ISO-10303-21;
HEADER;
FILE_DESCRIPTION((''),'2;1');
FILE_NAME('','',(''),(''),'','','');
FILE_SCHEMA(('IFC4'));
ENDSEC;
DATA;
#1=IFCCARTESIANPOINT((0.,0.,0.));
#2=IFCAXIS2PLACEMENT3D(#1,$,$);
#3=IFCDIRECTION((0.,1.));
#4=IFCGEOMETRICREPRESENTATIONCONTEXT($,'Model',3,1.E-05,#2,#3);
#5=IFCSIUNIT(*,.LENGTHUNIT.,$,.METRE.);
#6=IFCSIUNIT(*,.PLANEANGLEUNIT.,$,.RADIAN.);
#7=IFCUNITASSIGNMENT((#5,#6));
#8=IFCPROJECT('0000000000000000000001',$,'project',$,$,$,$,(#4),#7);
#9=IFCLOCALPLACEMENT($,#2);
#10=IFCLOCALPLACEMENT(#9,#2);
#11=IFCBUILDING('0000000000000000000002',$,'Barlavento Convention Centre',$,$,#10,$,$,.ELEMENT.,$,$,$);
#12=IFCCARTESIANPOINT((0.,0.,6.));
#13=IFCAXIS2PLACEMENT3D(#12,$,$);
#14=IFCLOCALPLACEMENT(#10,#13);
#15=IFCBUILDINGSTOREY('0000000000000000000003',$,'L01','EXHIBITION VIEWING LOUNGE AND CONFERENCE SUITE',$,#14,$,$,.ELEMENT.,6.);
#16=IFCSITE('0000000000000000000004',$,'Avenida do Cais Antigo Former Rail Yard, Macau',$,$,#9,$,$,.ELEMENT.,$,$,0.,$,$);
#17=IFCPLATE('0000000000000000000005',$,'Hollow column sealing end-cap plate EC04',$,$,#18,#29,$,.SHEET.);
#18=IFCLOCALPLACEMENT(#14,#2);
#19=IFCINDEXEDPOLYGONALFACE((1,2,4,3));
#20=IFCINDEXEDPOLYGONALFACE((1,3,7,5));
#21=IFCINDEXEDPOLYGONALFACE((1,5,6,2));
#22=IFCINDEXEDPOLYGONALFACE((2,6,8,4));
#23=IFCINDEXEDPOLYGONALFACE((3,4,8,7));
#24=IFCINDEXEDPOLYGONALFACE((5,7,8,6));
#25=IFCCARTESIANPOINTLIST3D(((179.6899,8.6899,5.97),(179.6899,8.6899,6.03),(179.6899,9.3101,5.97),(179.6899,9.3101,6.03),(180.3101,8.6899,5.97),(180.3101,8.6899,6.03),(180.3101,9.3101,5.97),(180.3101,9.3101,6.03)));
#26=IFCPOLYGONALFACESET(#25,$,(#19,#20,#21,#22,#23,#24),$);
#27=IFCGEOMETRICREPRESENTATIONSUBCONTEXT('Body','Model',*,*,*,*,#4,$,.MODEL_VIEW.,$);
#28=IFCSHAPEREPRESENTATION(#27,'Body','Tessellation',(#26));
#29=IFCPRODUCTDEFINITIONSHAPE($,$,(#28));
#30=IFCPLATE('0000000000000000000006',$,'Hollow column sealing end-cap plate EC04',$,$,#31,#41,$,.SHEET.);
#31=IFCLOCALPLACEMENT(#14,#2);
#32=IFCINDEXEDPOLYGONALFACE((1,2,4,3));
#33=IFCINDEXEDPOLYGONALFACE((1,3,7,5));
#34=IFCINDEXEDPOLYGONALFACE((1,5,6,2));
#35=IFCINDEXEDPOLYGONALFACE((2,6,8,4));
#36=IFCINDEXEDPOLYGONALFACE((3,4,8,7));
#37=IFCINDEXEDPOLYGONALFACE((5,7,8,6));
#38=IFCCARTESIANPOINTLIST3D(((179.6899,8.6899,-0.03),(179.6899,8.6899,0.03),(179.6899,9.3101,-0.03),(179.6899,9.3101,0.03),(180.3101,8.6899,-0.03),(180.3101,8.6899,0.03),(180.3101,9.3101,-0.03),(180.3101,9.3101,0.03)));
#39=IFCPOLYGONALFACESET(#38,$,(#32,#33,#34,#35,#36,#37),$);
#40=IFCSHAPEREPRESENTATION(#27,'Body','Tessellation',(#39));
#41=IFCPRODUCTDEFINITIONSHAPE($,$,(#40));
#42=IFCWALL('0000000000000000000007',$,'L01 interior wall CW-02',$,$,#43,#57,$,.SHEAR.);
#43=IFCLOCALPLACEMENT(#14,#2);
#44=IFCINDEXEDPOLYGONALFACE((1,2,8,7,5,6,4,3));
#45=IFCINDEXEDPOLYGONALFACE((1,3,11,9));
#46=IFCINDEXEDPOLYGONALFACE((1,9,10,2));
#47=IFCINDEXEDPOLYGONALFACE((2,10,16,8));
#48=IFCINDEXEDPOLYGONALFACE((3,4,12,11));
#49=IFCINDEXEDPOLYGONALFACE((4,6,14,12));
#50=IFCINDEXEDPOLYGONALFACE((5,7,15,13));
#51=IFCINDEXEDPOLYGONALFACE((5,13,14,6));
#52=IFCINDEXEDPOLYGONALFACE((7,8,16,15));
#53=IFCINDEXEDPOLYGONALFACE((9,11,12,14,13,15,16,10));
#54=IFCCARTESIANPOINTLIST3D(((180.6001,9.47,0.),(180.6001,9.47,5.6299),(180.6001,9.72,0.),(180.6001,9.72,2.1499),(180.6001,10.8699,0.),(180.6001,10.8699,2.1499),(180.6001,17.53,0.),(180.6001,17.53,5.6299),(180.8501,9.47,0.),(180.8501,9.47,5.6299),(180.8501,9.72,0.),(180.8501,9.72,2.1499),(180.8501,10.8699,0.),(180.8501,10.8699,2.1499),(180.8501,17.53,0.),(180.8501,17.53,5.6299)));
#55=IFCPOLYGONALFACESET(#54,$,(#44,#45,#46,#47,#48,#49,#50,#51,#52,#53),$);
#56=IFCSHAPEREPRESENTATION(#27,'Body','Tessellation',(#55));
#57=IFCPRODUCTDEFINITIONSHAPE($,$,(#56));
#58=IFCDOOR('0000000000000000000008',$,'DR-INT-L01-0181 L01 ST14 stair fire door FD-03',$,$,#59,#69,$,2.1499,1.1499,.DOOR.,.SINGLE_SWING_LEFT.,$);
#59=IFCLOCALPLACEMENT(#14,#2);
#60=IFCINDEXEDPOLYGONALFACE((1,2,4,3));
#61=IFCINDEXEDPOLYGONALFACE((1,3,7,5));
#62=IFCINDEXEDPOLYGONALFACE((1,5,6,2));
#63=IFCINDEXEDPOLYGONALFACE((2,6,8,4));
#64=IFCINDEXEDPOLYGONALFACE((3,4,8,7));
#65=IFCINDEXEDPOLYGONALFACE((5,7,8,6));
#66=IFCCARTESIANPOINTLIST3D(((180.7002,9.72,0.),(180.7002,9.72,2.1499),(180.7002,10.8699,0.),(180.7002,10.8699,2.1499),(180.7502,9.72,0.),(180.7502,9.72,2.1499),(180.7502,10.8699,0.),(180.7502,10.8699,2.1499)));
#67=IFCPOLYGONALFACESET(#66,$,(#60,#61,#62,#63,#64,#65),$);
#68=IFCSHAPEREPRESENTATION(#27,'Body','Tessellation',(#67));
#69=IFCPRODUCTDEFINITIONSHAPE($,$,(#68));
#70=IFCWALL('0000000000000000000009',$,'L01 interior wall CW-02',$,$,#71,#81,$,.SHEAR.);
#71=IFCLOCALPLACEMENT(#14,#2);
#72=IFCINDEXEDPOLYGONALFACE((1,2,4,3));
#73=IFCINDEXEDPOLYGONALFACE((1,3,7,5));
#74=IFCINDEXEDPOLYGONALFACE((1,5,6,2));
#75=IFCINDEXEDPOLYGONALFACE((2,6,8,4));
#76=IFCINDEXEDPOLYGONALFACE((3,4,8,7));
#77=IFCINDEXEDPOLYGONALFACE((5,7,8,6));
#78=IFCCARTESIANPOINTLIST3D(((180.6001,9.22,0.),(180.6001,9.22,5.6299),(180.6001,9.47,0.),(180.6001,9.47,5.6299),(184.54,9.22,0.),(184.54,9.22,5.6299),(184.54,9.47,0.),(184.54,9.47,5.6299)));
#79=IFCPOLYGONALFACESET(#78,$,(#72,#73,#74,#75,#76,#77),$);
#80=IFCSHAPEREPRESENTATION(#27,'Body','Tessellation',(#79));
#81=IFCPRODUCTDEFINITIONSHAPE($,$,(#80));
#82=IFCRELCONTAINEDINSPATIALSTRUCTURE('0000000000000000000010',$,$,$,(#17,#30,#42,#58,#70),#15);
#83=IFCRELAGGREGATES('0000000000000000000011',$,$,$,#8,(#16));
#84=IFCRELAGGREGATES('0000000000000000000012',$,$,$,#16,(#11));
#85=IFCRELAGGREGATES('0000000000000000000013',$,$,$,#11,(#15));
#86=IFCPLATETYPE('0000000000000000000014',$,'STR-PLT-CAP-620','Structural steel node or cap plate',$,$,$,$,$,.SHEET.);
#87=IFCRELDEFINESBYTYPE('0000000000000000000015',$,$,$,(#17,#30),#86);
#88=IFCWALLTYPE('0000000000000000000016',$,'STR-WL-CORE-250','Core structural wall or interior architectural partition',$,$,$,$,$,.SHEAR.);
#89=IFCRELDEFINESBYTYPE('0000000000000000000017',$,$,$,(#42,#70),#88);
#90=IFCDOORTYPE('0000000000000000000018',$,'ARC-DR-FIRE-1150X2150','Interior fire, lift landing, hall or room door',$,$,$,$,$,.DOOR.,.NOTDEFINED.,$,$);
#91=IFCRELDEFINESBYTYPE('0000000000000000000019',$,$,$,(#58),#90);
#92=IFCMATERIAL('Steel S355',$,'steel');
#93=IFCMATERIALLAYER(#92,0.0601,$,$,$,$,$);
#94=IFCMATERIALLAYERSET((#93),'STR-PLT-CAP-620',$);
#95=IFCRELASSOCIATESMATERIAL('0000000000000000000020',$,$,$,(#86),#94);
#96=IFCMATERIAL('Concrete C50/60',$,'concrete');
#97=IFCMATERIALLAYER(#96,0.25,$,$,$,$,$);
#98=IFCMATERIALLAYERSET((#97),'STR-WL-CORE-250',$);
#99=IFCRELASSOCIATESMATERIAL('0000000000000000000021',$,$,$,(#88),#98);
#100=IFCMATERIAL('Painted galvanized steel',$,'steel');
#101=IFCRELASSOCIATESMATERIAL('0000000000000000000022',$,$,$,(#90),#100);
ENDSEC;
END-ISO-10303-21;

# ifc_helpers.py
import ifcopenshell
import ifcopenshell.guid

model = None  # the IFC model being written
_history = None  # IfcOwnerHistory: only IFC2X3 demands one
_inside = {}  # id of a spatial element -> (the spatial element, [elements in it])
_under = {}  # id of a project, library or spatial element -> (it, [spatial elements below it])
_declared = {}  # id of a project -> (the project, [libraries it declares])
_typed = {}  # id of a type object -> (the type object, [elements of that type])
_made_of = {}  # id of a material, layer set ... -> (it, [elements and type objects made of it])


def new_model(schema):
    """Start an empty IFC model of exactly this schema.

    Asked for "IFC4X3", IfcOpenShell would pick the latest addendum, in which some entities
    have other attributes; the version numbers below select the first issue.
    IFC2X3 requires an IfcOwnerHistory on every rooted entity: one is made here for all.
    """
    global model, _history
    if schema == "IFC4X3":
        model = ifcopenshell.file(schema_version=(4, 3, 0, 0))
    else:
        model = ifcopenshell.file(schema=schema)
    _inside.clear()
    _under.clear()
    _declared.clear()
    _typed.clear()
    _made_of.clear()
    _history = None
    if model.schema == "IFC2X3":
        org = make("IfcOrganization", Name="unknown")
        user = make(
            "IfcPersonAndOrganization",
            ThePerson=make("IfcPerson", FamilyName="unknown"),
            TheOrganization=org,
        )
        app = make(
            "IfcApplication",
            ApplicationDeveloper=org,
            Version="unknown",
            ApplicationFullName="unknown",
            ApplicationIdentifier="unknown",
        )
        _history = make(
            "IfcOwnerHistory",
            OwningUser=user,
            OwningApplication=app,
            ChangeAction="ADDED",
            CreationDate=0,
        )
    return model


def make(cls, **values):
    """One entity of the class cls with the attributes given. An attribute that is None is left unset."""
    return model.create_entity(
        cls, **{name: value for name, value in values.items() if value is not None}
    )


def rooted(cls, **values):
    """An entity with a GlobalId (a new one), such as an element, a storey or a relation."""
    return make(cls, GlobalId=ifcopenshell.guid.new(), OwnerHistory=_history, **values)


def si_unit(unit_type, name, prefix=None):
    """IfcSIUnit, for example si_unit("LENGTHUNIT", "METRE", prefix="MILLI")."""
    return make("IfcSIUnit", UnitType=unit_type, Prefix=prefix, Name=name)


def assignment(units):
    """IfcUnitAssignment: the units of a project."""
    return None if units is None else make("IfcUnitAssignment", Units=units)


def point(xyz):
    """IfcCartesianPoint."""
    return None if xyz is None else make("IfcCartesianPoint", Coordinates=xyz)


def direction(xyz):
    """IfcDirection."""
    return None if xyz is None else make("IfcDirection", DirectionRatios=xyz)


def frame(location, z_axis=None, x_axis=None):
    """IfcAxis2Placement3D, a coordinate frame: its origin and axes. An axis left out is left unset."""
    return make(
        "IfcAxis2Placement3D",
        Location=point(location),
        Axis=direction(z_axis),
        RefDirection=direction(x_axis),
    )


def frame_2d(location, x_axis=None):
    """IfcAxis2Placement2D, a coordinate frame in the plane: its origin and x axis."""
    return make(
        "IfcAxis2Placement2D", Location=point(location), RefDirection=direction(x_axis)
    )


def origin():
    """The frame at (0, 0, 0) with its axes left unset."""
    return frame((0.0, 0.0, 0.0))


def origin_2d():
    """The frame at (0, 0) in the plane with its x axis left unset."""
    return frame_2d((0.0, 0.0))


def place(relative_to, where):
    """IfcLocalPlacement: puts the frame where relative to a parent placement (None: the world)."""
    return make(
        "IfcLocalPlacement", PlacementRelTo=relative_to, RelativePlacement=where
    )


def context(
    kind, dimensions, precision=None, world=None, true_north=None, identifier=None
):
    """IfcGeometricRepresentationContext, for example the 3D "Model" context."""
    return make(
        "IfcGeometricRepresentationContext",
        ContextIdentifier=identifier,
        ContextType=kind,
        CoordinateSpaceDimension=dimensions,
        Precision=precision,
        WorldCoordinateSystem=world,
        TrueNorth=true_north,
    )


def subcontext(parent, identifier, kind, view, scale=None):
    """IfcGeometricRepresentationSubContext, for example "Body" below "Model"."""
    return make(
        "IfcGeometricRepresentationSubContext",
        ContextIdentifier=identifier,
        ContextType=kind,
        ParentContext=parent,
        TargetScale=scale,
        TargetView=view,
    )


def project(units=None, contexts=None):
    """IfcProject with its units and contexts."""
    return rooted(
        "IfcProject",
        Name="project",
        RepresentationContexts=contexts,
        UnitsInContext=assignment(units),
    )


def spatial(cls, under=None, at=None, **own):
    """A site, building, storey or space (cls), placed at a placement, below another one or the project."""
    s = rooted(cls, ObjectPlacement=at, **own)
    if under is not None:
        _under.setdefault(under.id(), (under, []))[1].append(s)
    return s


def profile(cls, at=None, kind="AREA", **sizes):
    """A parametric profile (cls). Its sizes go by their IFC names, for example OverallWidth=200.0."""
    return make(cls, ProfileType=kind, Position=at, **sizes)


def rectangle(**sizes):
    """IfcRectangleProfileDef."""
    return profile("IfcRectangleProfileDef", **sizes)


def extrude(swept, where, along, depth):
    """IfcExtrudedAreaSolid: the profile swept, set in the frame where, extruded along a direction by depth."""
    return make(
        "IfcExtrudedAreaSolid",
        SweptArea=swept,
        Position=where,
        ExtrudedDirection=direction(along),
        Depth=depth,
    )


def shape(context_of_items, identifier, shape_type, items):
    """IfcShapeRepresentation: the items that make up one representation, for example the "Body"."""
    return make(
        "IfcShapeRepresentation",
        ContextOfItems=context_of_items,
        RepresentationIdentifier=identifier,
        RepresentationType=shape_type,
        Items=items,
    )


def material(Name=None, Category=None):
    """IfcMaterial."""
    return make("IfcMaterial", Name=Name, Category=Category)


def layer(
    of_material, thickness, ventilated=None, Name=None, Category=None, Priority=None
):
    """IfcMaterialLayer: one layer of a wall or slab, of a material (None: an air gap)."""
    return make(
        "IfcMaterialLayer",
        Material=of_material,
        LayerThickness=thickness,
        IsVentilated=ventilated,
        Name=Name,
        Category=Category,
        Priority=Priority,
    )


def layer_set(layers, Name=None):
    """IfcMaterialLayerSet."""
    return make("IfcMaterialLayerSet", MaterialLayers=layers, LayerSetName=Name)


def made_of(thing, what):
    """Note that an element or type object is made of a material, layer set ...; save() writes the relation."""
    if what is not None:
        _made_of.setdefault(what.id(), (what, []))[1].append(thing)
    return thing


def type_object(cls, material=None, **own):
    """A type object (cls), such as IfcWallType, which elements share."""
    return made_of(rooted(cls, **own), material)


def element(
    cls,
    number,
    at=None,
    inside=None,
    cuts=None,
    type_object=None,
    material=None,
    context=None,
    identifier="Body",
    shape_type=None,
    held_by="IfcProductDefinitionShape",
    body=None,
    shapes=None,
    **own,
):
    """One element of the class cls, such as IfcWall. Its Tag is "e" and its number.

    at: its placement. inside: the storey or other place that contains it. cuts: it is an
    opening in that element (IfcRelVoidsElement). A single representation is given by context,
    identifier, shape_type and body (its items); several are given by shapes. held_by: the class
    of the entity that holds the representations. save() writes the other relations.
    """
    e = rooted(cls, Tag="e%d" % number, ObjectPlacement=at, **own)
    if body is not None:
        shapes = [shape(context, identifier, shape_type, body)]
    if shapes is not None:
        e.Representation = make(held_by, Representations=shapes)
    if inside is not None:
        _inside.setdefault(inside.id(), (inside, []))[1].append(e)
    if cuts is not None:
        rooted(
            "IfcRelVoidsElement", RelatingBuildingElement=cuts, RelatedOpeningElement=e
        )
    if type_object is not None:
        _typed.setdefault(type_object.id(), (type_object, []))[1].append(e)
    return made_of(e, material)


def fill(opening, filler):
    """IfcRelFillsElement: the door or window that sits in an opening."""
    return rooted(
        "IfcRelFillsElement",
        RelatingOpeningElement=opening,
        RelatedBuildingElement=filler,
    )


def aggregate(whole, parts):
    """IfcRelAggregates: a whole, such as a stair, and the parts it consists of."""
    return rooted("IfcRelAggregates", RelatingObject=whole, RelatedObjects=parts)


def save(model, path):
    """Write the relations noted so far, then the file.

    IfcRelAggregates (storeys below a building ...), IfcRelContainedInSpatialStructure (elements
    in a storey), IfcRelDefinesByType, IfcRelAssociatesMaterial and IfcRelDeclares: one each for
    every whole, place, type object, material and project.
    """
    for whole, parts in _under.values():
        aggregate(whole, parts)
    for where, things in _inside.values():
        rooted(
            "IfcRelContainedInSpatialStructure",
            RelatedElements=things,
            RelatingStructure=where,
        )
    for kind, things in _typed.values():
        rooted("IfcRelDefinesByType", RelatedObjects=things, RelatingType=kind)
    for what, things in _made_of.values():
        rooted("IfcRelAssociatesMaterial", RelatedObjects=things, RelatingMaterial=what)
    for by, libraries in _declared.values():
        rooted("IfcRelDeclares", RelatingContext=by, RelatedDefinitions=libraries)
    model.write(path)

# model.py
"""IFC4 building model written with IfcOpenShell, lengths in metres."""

from ifc_helpers import new_model, si_unit, direction, frame, frame_2d, origin, origin_2d, place, context, subcontext, project, spatial, rectangle, extrude, material, layer, layer_set, type_object, element, fill, save


model = new_model("IFC4")

# Units and contexts
model_context = context("Model", 3, precision=1e-05, world=origin(), true_north=direction((0.0, 1.0)))
body_context = subcontext(model_context, "Body", "Model", "MODEL_VIEW")
ifc_project = project(units=[si_unit("LENGTHUNIT", "METRE"), si_unit("PLANEANGLEUNIT", "RADIAN")], contexts=[model_context])

# Site, building, storey
site_placement = place(None, origin())
site = spatial("IfcSite", under=ifc_project, at=site_placement, Name="Avenida do Cais Antigo Former Rail Yard, Macau", CompositionType="ELEMENT", RefElevation=0.0)
building_placement = place(site_placement, origin())
building = spatial("IfcBuilding", under=site, at=building_placement, Name="Barlavento Convention Centre", CompositionType="ELEMENT")
storey_placement = place(building_placement, frame((0.0, 0.0, 6.0)))
storey = spatial("IfcBuildingStorey", under=building, at=storey_placement, Name="L01", Description="EXHIBITION VIEWING LOUNGE AND CONFERENCE SUITE", CompositionType="ELEMENT", Elevation=6.0)

# Shared definitions
ifc_material_1 = material(Name="Steel S355", Category="steel")

# Plates
ifc_layer_1 = layer(ifc_material_1, 0.0601)
ifc_layer_set_1 = layer_set([ifc_layer_1], Name="STR-PLT-CAP-620")
plate_type_1 = type_object("IfcPlateType", Name="STR-PLT-CAP-620", Description="Structural steel node or cap plate", PredefinedType="SHEET", material=ifc_layer_set_1)
for number, where, z_axis, x_axis, name in (
    (1, (180.0, 9.0, 5.97), (0.0, 0.0, 1.0), (1.0, 0.0, 0.0), "Hollow column sealing end-cap plate EC04"),
    (2, (180.0, 9.0, -0.03), (0.0, 0.0, 1.0), (1.0, 0.0, 0.0), "Hollow column sealing end-cap plate EC04"),
):
    element("IfcPlate", number, at=place(storey_placement, frame(where, z_axis=z_axis, x_axis=x_axis)), inside=storey, type_object=plate_type_1, Name=name, PredefinedType="SHEET", context=body_context, shape_type="SweptSolid", body=[
        extrude(rectangle(XDim=0.6201, YDim=0.6201, at=origin_2d()), origin(), (0.0, 0.0, 1.0), 0.0601),
    ])

# Wall, opening, door
ifc_material_2 = material(Name="Concrete C50/60", Category="concrete")
ifc_layer_2 = layer(ifc_material_2, 0.25)
ifc_layer_set_2 = layer_set([ifc_layer_2], Name="STR-WL-CORE-250")
wall_type = type_object("IfcWallType", Name="STR-WL-CORE-250", Description="Core structural wall or interior architectural partition", PredefinedType="SHEAR", material=ifc_layer_set_2)
wall_1_placement = place(storey_placement, frame((180.7251, 9.47, 0.0), z_axis=(0.0, 0.0, 1.0), x_axis=(0.0, 1.0, 0.0)))
wall_1 = element("IfcWall", 3, at=wall_1_placement, inside=storey, type_object=wall_type, Name="L01 interior wall CW-02", PredefinedType="SHEAR", context=body_context, shape_type="SweptSolid", body=[
    extrude(rectangle(XDim=8.0601, YDim=0.25, at=frame_2d((4.03, 0.0))), origin(), (0.0, 0.0, 1.0), 5.6299),
])
opening_placement = place(wall_1_placement, frame((0.25, 0.0, 0.0)))
opening = element("IfcOpeningElement", 4, at=opening_placement, cuts=wall_1, PredefinedType="OPENING", context=body_context, shape_type="SweptSolid", body=[
    extrude(rectangle(XDim=1.1499, YDim=2.1499, at=frame_2d((0.575, 1.075))), frame((0.0, 0.135, 0.0), z_axis=(0.0, -1.0, 0.0), x_axis=(1.0, 0.0, 0.0)), (0.0, 0.0, 1.0), 0.27),
])
ifc_material_3 = material(Name="Painted galvanized steel", Category="steel")
door_type = type_object("IfcDoorType", Name="ARC-DR-FIRE-1150X2150", Description="Interior fire, lift landing, hall or room door", OperationType="NOTDEFINED", PredefinedType="DOOR", material=ifc_material_3)
door_placement = place(opening_placement, origin())
door = element("IfcDoor", 5, at=door_placement, inside=storey, type_object=door_type, Name="DR-INT-L01-0181 L01 ST14 stair fire door FD-03", OperationType="SINGLE_SWING_LEFT", OverallHeight=2.1499, OverallWidth=1.1499, PredefinedType="DOOR", context=body_context, shape_type="SweptSolid", body=[
    extrude(rectangle(XDim=1.1499, YDim=2.1499, at=frame_2d((0.575, 1.075))), frame((0.0, 0.0249, 0.0), z_axis=(0.0, -1.0, 0.0), x_axis=(1.0, 0.0, 0.0)), (0.0, 0.0, 1.0), 0.05),
])
fill(opening, door)

# Wall
wall_2_placement = place(storey_placement, frame((180.6001, 9.345, 0.0), z_axis=(0.0, 0.0, 1.0), x_axis=(1.0, 0.0, 0.0)))
element("IfcWall", 6, at=wall_2_placement, inside=storey, type_object=wall_type, Name="L01 interior wall CW-02", PredefinedType="SHEAR", context=body_context, shape_type="SweptSolid", body=[
    extrude(rectangle(XDim=3.9399, YDim=0.25, at=frame_2d((1.97, 0.0))), origin(), (0.0, 0.0, 1.0), 5.6299),
])

save(model, "model.ifc")
